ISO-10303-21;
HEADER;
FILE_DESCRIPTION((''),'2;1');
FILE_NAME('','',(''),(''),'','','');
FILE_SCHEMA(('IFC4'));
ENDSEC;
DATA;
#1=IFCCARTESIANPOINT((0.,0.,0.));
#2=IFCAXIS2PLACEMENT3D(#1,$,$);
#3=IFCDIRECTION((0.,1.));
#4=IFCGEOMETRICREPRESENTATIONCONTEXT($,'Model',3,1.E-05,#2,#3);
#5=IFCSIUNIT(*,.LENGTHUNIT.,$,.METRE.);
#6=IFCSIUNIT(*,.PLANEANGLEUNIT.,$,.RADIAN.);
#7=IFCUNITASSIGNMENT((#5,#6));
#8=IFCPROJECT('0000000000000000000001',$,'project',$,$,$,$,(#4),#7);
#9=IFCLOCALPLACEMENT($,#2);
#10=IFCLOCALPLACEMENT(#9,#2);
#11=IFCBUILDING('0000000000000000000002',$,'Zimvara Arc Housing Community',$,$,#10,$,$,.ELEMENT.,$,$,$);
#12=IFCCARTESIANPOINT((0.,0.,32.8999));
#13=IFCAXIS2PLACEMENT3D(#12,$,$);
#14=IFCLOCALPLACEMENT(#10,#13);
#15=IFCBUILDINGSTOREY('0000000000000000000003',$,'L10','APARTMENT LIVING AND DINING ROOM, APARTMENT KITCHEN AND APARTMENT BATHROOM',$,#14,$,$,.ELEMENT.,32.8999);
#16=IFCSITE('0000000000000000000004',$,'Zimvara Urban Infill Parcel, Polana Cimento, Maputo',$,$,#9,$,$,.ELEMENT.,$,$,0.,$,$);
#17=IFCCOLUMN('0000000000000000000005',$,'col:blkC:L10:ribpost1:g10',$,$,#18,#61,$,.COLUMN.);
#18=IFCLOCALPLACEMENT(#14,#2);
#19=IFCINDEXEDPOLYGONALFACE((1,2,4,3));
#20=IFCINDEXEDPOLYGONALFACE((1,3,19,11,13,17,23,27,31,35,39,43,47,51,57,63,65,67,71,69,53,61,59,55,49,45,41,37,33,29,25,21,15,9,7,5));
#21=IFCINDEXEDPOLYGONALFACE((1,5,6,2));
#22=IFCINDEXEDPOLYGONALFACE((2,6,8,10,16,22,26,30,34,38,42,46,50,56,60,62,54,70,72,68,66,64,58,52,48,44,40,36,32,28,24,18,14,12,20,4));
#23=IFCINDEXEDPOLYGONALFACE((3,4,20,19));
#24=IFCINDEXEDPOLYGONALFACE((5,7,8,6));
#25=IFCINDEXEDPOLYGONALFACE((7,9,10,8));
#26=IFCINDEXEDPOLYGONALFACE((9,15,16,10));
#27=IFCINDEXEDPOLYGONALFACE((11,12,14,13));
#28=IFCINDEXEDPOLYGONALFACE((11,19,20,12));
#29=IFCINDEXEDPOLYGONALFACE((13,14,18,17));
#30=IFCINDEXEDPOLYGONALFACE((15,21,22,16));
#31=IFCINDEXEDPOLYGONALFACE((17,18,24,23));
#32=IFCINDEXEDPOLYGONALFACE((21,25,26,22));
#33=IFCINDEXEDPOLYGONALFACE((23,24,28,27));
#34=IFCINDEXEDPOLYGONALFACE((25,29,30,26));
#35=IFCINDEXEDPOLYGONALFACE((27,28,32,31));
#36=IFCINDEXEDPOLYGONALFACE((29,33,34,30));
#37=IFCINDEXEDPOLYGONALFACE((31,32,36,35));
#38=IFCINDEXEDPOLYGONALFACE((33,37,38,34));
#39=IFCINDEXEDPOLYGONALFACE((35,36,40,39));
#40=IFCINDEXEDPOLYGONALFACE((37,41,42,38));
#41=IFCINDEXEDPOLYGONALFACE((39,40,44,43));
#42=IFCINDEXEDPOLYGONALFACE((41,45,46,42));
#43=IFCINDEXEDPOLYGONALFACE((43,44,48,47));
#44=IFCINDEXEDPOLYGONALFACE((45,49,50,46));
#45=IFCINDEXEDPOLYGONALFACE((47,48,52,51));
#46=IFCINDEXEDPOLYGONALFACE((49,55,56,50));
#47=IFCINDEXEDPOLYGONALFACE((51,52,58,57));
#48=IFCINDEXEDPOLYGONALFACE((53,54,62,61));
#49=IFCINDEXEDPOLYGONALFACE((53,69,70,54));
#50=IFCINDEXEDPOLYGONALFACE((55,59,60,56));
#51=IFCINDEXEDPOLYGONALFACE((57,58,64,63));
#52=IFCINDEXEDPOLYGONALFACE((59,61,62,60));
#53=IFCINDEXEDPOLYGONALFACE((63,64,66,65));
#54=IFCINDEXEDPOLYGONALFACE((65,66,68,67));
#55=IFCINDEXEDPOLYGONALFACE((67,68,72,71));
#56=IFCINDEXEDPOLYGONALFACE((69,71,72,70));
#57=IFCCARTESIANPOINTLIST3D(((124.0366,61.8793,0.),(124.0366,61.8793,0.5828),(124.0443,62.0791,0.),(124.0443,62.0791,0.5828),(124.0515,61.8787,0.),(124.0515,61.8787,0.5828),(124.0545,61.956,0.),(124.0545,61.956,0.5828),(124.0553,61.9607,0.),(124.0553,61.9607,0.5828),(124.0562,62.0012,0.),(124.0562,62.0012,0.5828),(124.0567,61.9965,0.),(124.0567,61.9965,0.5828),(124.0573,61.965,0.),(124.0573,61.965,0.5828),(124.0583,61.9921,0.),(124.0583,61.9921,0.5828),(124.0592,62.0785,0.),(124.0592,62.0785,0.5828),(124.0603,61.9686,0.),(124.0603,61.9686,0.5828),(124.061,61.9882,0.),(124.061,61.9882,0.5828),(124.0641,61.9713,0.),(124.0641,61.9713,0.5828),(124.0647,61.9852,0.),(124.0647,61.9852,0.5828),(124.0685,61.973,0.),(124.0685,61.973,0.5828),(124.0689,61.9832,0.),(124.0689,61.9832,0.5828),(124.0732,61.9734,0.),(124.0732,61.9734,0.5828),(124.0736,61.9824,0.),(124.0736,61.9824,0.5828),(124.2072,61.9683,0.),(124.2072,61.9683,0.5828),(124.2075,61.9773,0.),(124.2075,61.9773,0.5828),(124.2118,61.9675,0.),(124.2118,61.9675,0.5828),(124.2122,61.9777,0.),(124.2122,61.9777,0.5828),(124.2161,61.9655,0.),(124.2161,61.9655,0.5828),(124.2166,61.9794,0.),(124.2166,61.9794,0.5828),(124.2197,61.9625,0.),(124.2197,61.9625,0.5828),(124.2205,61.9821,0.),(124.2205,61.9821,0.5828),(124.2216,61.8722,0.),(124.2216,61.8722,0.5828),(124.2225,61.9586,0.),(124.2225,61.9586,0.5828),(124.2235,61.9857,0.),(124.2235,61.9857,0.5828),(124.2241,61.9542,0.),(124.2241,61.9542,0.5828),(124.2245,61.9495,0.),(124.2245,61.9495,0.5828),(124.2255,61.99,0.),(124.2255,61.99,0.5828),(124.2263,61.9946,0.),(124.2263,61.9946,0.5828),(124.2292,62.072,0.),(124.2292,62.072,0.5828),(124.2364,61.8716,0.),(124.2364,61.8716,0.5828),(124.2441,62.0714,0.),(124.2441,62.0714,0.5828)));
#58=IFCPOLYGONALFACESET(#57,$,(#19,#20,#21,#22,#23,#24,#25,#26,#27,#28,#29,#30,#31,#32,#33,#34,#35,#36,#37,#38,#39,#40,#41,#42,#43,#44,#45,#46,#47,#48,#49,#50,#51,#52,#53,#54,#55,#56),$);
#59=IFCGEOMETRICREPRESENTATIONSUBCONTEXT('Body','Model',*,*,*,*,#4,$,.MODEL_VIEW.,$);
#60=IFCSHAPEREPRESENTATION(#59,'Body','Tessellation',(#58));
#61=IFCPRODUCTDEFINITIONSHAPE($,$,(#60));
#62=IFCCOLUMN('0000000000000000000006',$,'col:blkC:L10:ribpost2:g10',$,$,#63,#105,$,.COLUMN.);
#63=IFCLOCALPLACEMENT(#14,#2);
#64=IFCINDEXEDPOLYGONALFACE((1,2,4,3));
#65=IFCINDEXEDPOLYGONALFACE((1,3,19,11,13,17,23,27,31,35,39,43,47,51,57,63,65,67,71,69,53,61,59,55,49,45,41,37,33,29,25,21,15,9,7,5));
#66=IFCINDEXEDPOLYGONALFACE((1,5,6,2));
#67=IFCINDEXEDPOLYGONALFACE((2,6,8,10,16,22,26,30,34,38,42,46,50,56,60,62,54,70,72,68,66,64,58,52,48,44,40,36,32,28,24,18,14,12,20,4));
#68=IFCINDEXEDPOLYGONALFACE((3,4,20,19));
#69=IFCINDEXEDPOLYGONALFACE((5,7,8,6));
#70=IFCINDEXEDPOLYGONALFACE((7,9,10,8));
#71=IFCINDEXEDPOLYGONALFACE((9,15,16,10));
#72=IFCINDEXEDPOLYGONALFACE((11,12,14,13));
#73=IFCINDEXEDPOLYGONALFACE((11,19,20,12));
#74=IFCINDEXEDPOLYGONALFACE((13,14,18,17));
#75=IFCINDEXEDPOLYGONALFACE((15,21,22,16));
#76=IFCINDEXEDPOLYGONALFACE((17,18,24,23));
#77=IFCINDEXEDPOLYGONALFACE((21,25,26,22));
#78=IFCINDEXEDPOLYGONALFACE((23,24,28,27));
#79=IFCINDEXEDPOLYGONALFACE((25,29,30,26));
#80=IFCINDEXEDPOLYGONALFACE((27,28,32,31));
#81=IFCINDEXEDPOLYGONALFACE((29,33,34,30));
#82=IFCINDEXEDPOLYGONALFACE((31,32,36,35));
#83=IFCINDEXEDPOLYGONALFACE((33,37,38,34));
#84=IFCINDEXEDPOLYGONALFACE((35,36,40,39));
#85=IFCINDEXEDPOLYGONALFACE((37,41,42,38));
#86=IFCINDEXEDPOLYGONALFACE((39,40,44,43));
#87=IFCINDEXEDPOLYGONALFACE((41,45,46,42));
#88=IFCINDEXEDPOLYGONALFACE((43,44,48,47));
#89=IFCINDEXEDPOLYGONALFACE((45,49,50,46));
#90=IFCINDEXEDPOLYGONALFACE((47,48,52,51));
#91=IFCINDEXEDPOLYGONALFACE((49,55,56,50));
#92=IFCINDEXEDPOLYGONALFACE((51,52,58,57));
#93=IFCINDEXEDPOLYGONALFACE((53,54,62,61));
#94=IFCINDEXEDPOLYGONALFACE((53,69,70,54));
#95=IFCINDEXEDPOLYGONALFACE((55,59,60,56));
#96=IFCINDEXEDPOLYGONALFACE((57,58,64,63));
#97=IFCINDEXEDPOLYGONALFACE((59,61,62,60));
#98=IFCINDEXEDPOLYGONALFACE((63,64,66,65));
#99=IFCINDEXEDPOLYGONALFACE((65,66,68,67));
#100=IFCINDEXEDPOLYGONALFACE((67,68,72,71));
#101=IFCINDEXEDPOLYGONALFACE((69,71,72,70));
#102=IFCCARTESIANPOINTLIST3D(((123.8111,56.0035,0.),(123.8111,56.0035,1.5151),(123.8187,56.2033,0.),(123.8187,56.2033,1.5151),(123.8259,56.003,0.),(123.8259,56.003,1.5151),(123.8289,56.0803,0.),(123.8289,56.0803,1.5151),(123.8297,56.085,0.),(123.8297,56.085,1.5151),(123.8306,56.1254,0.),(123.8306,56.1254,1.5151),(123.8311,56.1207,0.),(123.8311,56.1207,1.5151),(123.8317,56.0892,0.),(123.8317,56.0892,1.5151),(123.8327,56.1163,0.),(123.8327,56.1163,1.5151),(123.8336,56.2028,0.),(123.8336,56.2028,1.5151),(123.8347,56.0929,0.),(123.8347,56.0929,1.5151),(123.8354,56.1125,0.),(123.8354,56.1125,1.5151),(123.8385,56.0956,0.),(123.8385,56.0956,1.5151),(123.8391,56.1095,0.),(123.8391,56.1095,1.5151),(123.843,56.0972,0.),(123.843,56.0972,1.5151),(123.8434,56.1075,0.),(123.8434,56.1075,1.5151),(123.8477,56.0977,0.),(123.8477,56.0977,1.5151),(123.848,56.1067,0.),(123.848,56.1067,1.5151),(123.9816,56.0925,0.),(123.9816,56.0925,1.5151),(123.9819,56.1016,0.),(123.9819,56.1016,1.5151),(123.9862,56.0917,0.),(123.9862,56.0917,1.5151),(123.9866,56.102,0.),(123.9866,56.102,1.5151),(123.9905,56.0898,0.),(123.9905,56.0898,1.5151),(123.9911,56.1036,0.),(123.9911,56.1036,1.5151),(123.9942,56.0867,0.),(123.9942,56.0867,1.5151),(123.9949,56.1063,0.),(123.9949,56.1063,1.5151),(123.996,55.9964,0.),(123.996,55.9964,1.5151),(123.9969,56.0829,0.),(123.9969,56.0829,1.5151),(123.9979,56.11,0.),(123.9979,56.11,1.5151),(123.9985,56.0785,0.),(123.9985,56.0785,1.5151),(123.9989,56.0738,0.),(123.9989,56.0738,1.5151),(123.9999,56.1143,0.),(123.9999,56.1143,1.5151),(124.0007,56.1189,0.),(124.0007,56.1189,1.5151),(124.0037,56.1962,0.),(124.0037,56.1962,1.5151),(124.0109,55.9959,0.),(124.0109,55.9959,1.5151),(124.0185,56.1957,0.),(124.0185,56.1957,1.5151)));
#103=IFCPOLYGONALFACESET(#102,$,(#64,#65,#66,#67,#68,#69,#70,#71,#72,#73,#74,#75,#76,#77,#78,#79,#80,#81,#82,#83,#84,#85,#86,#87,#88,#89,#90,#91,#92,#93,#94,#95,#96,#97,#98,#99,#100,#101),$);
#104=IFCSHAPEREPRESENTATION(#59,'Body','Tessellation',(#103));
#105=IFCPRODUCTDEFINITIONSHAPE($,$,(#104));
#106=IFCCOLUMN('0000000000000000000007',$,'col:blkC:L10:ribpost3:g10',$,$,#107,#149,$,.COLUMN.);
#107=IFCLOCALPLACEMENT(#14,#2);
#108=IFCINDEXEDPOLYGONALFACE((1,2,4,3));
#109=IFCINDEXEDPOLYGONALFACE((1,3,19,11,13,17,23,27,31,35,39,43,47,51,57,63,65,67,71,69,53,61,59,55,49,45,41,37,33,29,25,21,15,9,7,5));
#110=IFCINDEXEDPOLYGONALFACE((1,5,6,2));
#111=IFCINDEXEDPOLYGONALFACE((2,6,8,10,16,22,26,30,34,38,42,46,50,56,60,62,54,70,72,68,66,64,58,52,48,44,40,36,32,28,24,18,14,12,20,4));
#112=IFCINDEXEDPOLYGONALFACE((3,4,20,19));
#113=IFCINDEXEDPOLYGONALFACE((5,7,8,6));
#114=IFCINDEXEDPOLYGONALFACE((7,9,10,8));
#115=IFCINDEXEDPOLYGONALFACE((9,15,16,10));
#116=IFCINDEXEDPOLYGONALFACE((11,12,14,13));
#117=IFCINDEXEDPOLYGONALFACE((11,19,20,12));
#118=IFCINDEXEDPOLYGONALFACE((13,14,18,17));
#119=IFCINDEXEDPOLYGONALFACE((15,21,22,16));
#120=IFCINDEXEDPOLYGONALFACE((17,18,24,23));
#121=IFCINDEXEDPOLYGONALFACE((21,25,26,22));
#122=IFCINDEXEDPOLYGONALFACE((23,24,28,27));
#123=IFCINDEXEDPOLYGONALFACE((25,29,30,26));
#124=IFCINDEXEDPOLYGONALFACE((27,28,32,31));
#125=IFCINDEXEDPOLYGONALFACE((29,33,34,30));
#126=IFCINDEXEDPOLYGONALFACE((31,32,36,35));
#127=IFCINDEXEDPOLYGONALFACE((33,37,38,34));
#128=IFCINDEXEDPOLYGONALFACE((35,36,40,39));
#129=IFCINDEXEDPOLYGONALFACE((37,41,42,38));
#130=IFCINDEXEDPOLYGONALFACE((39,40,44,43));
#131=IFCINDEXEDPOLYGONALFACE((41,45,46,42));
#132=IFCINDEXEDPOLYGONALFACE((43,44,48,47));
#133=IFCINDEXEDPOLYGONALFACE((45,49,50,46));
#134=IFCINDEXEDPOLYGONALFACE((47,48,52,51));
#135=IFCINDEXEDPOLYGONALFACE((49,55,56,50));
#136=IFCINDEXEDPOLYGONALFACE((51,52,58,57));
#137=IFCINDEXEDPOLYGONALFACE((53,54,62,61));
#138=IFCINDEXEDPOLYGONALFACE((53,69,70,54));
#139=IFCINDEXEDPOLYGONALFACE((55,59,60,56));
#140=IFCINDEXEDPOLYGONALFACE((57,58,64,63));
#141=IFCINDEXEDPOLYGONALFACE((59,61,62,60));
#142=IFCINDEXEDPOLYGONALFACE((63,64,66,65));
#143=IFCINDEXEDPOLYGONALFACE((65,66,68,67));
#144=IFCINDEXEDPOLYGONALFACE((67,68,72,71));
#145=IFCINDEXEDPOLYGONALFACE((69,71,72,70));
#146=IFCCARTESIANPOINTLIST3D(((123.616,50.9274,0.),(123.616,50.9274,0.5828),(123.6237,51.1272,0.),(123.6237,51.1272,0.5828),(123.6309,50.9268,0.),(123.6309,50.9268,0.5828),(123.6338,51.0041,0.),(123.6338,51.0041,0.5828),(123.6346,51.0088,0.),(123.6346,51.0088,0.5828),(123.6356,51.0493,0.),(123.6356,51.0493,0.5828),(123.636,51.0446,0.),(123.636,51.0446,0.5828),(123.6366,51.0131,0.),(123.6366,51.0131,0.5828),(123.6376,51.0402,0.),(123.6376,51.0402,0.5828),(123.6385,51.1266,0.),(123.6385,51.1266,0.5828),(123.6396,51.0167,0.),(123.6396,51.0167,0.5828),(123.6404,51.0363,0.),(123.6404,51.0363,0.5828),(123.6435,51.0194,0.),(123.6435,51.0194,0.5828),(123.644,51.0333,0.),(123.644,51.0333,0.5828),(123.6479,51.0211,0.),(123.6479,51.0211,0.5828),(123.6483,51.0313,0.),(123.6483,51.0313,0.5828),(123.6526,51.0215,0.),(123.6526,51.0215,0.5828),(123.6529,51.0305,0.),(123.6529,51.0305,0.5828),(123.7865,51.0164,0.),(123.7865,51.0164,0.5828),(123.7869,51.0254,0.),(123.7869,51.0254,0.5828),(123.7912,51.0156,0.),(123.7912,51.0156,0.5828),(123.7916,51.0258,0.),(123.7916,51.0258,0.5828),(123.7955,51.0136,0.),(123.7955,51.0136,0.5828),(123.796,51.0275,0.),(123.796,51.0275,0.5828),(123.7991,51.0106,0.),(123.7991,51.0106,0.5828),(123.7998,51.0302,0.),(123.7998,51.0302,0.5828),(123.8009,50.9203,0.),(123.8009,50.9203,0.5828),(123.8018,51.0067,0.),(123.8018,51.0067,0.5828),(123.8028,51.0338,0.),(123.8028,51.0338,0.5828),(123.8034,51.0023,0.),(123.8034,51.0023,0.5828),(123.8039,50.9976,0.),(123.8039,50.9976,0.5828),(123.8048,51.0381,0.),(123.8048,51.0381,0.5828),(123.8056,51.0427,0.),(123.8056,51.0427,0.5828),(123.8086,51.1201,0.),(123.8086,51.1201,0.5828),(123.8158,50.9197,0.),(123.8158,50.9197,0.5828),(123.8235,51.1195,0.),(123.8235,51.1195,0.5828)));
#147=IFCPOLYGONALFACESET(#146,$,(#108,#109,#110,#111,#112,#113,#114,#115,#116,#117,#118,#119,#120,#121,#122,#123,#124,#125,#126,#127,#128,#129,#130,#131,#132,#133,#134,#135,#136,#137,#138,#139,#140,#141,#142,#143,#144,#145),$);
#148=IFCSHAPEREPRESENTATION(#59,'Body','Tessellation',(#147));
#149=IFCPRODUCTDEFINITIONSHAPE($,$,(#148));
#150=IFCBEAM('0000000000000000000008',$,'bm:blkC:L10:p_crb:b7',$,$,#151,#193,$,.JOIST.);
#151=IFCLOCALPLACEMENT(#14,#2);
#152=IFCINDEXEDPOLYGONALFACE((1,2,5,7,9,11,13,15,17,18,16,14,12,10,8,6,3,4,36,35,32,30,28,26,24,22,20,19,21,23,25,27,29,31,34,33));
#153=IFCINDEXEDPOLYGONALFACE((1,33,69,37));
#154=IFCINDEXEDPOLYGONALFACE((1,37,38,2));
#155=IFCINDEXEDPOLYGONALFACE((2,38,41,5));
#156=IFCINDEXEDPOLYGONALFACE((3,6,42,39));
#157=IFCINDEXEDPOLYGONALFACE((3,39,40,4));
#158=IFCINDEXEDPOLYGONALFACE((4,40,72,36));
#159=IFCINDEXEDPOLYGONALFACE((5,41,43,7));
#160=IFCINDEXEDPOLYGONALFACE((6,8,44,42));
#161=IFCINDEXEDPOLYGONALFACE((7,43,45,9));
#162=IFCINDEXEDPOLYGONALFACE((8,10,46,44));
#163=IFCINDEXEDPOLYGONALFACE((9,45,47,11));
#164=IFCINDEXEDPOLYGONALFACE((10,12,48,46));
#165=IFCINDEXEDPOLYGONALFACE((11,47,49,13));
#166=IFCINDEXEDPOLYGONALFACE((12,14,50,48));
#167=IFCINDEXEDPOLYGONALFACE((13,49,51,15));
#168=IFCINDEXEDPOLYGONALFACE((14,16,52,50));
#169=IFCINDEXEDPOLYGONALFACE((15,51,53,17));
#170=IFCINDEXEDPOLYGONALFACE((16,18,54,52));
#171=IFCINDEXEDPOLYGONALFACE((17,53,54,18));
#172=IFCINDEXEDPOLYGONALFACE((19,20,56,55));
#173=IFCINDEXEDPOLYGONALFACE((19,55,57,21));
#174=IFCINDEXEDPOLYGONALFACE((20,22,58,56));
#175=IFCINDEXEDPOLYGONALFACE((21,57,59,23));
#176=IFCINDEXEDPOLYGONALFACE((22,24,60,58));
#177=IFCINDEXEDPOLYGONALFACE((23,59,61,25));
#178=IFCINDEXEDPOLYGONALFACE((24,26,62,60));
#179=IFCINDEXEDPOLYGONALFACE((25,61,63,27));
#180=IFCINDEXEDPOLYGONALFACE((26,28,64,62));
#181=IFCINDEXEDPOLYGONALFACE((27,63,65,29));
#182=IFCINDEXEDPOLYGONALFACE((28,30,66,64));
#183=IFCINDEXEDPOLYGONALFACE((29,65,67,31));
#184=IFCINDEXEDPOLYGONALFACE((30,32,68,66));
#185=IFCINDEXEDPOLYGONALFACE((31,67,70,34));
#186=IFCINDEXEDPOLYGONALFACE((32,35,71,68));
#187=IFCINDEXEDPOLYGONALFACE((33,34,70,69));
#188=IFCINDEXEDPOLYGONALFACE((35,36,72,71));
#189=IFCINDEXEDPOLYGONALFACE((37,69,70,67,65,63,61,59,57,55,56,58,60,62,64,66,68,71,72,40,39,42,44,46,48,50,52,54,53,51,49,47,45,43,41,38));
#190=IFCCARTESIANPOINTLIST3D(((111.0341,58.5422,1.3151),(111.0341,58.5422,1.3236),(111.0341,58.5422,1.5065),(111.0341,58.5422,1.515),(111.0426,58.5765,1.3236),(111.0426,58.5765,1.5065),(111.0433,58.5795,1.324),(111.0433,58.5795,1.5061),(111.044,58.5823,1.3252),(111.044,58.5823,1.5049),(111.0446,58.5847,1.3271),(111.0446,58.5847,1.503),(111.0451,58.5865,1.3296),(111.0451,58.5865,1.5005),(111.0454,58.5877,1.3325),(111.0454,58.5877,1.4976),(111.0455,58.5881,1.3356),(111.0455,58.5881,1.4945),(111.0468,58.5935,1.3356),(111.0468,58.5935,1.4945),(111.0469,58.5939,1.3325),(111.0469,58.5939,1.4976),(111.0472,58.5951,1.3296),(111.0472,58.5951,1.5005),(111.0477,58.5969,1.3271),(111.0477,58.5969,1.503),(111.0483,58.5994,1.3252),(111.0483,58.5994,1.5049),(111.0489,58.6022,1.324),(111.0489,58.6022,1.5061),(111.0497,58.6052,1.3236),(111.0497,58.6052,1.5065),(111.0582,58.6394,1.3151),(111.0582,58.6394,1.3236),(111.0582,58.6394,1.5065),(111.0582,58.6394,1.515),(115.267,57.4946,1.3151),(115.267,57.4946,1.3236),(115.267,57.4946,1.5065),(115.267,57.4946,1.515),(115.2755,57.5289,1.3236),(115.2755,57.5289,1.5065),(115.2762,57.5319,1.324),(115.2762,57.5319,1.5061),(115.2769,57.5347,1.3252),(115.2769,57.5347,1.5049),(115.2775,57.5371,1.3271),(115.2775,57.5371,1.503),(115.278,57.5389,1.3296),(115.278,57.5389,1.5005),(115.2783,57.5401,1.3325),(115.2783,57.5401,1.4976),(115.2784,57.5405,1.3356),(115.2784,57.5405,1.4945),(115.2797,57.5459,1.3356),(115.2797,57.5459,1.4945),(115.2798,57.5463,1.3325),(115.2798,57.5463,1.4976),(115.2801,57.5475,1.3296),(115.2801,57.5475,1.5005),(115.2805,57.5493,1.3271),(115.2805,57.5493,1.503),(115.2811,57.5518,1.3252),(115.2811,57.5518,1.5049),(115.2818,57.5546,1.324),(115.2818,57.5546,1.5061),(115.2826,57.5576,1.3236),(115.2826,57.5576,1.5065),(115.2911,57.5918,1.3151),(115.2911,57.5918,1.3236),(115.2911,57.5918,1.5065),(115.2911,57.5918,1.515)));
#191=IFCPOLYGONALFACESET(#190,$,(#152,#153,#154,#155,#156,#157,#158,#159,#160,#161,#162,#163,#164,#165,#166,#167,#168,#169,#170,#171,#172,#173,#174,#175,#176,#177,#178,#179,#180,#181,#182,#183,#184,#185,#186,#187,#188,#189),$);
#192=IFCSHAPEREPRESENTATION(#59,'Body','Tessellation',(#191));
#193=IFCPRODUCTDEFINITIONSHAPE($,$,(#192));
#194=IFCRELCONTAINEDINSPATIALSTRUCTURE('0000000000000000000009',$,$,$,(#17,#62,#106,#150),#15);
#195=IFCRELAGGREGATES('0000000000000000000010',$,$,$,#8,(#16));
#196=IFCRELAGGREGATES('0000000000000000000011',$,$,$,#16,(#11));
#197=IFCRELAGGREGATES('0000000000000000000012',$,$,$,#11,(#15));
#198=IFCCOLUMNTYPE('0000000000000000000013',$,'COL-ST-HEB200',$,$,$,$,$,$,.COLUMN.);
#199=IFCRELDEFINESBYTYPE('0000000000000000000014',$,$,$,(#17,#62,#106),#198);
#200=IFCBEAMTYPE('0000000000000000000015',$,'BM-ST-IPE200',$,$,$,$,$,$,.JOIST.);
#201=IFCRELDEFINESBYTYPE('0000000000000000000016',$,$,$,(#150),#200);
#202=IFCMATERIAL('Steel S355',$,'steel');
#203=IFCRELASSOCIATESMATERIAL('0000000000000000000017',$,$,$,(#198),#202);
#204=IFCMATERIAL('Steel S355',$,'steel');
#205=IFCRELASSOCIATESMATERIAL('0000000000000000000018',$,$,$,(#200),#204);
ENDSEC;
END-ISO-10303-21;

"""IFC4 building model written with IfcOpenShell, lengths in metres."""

from ifc_helpers import new_model, si_unit, direction, frame, origin, origin_2d, place, context, subcontext, project, spatial, i_section, extrude, material, material_profile, profile_set, type_object, element, save


model = new_model("IFC4")

# Units and contexts
model_context = context("Model", 3, precision=1e-05, world=origin(), true_north=direction((0.0, 1.0)))
body_context = subcontext(model_context, "Body", "Model", "MODEL_VIEW")
ifc_project = project(units=[si_unit("LENGTHUNIT", "METRE"), si_unit("PLANEANGLEUNIT", "RADIAN")], contexts=[model_context])

# Site, building, storey
site_placement = place(None, origin())
site = spatial("IfcSite", under=ifc_project, at=site_placement, Name="Zimvara Urban Infill Parcel, Polana Cimento, Maputo", CompositionType="ELEMENT", RefElevation=0.0)
building_placement = place(site_placement, origin())
building = spatial("IfcBuilding", under=site, at=building_placement, Name="Zimvara Arc Housing Community", CompositionType="ELEMENT")
storey_placement = place(building_placement, frame((0.0, 0.0, 32.8999)))
storey = spatial("IfcBuildingStorey", under=building, at=storey_placement, Name="L10", Description="APARTMENT LIVING AND DINING ROOM, APARTMENT KITCHEN AND APARTMENT BATHROOM", CompositionType="ELEMENT", Elevation=32.8999)

# Columns
ifc_material_1 = material(Name="Steel S355", Category="steel")
ifc_material_profile_1 = material_profile(ifc_material_1, i_section(OverallWidth=0.2, OverallDepth=0.2, WebThickness=0.009, FlangeThickness=0.0149, FilletRadius=0.0181, at=origin_2d()), Name="HEB 200")
ifc_profile_set_1 = profile_set([ifc_material_profile_1], Name="Steel S355")
column_type = type_object("IfcColumnType", Name="COL-ST-HEB200", PredefinedType="COLUMN", material=ifc_profile_set_1)
for number, where, z_axis, x_axis, name in (
    (1, (124.1404, 61.9753, 0.0), (0.0, 0.0, 1.0), (-0.038388, -0.999263, 0.0), "col:blkC:L10:ribpost1:g10"),
):
    element("IfcColumn", number, at=place(storey_placement, frame(where, z_axis=z_axis, x_axis=x_axis)), inside=storey, type_object=column_type, Name=name, PredefinedType="COLUMN", context=body_context, shape_type="SweptSolid", body=[
        extrude(i_section(OverallWidth=0.2, OverallDepth=0.2, WebThickness=0.009, FlangeThickness=0.0149, FilletRadius=0.0181, at=origin_2d()), origin(), (0.0, 0.0, 1.0), 0.5828),
    ])
column_1_placement = place(storey_placement, frame((123.9148, 56.0996, 0.0), z_axis=(0.0, 0.0, 1.0), x_axis=(-0.038388, -0.999263, 0.0)))
element("IfcColumn", 2, at=column_1_placement, inside=storey, type_object=column_type, Name="col:blkC:L10:ribpost2:g10", PredefinedType="COLUMN", context=body_context, shape_type="SweptSolid", body=[
    extrude(i_section(OverallWidth=0.2, OverallDepth=0.2, WebThickness=0.009, FlangeThickness=0.0149, FilletRadius=0.0181, at=origin_2d()), origin(), (0.0, 0.0, 1.0), 1.5151),
])
column_2_placement = place(storey_placement, frame((123.7197, 51.0234, 0.0), z_axis=(0.0, 0.0, 1.0), x_axis=(-0.038388, -0.999263, 0.0)))
element("IfcColumn", 3, at=column_2_placement, inside=storey, type_object=column_type, Name="col:blkC:L10:ribpost3:g10", PredefinedType="COLUMN", context=body_context, shape_type="SweptSolid", body=[
    extrude(i_section(OverallWidth=0.2, OverallDepth=0.2, WebThickness=0.009, FlangeThickness=0.0149, FilletRadius=0.0181, at=origin_2d()), origin(), (0.0, 0.0, 1.0), 0.5828),
])

# Beam
ifc_material_2 = material(Name="Steel S355", Category="steel")
ifc_material_profile_2 = material_profile(ifc_material_2, i_section(OverallWidth=0.1001, OverallDepth=0.2, WebThickness=0.0056, FlangeThickness=0.0085, FilletRadius=0.012, at=origin_2d()), Name="IPE 200")
ifc_profile_set_2 = profile_set([ifc_material_profile_2], Name="Steel S355")
beam_type_1 = type_object("IfcBeamType", Name="BM-ST-IPE200", PredefinedType="JOIST", material=ifc_profile_set_2)
beam_1_placement = place(storey_placement, frame((111.0461, 58.5908, 1.415), z_axis=(0.970713, -0.240243, 0.0), x_axis=(0.240243, 0.970713, 0.0)))
element("IfcBeam", 4, at=beam_1_placement, inside=storey, type_object=beam_type_1, Name="bm:blkC:L10:p_crb:b7", PredefinedType="JOIST", context=body_context, shape_type="SweptSolid", body=[
    extrude(i_section(OverallWidth=0.1001, OverallDepth=0.2, WebThickness=0.0056, FlangeThickness=0.0085, FilletRadius=0.012, at=origin_2d()), origin(), (0.0, 0.0, 1.0), 4.3606),
])

save(model, "model.ifc")
